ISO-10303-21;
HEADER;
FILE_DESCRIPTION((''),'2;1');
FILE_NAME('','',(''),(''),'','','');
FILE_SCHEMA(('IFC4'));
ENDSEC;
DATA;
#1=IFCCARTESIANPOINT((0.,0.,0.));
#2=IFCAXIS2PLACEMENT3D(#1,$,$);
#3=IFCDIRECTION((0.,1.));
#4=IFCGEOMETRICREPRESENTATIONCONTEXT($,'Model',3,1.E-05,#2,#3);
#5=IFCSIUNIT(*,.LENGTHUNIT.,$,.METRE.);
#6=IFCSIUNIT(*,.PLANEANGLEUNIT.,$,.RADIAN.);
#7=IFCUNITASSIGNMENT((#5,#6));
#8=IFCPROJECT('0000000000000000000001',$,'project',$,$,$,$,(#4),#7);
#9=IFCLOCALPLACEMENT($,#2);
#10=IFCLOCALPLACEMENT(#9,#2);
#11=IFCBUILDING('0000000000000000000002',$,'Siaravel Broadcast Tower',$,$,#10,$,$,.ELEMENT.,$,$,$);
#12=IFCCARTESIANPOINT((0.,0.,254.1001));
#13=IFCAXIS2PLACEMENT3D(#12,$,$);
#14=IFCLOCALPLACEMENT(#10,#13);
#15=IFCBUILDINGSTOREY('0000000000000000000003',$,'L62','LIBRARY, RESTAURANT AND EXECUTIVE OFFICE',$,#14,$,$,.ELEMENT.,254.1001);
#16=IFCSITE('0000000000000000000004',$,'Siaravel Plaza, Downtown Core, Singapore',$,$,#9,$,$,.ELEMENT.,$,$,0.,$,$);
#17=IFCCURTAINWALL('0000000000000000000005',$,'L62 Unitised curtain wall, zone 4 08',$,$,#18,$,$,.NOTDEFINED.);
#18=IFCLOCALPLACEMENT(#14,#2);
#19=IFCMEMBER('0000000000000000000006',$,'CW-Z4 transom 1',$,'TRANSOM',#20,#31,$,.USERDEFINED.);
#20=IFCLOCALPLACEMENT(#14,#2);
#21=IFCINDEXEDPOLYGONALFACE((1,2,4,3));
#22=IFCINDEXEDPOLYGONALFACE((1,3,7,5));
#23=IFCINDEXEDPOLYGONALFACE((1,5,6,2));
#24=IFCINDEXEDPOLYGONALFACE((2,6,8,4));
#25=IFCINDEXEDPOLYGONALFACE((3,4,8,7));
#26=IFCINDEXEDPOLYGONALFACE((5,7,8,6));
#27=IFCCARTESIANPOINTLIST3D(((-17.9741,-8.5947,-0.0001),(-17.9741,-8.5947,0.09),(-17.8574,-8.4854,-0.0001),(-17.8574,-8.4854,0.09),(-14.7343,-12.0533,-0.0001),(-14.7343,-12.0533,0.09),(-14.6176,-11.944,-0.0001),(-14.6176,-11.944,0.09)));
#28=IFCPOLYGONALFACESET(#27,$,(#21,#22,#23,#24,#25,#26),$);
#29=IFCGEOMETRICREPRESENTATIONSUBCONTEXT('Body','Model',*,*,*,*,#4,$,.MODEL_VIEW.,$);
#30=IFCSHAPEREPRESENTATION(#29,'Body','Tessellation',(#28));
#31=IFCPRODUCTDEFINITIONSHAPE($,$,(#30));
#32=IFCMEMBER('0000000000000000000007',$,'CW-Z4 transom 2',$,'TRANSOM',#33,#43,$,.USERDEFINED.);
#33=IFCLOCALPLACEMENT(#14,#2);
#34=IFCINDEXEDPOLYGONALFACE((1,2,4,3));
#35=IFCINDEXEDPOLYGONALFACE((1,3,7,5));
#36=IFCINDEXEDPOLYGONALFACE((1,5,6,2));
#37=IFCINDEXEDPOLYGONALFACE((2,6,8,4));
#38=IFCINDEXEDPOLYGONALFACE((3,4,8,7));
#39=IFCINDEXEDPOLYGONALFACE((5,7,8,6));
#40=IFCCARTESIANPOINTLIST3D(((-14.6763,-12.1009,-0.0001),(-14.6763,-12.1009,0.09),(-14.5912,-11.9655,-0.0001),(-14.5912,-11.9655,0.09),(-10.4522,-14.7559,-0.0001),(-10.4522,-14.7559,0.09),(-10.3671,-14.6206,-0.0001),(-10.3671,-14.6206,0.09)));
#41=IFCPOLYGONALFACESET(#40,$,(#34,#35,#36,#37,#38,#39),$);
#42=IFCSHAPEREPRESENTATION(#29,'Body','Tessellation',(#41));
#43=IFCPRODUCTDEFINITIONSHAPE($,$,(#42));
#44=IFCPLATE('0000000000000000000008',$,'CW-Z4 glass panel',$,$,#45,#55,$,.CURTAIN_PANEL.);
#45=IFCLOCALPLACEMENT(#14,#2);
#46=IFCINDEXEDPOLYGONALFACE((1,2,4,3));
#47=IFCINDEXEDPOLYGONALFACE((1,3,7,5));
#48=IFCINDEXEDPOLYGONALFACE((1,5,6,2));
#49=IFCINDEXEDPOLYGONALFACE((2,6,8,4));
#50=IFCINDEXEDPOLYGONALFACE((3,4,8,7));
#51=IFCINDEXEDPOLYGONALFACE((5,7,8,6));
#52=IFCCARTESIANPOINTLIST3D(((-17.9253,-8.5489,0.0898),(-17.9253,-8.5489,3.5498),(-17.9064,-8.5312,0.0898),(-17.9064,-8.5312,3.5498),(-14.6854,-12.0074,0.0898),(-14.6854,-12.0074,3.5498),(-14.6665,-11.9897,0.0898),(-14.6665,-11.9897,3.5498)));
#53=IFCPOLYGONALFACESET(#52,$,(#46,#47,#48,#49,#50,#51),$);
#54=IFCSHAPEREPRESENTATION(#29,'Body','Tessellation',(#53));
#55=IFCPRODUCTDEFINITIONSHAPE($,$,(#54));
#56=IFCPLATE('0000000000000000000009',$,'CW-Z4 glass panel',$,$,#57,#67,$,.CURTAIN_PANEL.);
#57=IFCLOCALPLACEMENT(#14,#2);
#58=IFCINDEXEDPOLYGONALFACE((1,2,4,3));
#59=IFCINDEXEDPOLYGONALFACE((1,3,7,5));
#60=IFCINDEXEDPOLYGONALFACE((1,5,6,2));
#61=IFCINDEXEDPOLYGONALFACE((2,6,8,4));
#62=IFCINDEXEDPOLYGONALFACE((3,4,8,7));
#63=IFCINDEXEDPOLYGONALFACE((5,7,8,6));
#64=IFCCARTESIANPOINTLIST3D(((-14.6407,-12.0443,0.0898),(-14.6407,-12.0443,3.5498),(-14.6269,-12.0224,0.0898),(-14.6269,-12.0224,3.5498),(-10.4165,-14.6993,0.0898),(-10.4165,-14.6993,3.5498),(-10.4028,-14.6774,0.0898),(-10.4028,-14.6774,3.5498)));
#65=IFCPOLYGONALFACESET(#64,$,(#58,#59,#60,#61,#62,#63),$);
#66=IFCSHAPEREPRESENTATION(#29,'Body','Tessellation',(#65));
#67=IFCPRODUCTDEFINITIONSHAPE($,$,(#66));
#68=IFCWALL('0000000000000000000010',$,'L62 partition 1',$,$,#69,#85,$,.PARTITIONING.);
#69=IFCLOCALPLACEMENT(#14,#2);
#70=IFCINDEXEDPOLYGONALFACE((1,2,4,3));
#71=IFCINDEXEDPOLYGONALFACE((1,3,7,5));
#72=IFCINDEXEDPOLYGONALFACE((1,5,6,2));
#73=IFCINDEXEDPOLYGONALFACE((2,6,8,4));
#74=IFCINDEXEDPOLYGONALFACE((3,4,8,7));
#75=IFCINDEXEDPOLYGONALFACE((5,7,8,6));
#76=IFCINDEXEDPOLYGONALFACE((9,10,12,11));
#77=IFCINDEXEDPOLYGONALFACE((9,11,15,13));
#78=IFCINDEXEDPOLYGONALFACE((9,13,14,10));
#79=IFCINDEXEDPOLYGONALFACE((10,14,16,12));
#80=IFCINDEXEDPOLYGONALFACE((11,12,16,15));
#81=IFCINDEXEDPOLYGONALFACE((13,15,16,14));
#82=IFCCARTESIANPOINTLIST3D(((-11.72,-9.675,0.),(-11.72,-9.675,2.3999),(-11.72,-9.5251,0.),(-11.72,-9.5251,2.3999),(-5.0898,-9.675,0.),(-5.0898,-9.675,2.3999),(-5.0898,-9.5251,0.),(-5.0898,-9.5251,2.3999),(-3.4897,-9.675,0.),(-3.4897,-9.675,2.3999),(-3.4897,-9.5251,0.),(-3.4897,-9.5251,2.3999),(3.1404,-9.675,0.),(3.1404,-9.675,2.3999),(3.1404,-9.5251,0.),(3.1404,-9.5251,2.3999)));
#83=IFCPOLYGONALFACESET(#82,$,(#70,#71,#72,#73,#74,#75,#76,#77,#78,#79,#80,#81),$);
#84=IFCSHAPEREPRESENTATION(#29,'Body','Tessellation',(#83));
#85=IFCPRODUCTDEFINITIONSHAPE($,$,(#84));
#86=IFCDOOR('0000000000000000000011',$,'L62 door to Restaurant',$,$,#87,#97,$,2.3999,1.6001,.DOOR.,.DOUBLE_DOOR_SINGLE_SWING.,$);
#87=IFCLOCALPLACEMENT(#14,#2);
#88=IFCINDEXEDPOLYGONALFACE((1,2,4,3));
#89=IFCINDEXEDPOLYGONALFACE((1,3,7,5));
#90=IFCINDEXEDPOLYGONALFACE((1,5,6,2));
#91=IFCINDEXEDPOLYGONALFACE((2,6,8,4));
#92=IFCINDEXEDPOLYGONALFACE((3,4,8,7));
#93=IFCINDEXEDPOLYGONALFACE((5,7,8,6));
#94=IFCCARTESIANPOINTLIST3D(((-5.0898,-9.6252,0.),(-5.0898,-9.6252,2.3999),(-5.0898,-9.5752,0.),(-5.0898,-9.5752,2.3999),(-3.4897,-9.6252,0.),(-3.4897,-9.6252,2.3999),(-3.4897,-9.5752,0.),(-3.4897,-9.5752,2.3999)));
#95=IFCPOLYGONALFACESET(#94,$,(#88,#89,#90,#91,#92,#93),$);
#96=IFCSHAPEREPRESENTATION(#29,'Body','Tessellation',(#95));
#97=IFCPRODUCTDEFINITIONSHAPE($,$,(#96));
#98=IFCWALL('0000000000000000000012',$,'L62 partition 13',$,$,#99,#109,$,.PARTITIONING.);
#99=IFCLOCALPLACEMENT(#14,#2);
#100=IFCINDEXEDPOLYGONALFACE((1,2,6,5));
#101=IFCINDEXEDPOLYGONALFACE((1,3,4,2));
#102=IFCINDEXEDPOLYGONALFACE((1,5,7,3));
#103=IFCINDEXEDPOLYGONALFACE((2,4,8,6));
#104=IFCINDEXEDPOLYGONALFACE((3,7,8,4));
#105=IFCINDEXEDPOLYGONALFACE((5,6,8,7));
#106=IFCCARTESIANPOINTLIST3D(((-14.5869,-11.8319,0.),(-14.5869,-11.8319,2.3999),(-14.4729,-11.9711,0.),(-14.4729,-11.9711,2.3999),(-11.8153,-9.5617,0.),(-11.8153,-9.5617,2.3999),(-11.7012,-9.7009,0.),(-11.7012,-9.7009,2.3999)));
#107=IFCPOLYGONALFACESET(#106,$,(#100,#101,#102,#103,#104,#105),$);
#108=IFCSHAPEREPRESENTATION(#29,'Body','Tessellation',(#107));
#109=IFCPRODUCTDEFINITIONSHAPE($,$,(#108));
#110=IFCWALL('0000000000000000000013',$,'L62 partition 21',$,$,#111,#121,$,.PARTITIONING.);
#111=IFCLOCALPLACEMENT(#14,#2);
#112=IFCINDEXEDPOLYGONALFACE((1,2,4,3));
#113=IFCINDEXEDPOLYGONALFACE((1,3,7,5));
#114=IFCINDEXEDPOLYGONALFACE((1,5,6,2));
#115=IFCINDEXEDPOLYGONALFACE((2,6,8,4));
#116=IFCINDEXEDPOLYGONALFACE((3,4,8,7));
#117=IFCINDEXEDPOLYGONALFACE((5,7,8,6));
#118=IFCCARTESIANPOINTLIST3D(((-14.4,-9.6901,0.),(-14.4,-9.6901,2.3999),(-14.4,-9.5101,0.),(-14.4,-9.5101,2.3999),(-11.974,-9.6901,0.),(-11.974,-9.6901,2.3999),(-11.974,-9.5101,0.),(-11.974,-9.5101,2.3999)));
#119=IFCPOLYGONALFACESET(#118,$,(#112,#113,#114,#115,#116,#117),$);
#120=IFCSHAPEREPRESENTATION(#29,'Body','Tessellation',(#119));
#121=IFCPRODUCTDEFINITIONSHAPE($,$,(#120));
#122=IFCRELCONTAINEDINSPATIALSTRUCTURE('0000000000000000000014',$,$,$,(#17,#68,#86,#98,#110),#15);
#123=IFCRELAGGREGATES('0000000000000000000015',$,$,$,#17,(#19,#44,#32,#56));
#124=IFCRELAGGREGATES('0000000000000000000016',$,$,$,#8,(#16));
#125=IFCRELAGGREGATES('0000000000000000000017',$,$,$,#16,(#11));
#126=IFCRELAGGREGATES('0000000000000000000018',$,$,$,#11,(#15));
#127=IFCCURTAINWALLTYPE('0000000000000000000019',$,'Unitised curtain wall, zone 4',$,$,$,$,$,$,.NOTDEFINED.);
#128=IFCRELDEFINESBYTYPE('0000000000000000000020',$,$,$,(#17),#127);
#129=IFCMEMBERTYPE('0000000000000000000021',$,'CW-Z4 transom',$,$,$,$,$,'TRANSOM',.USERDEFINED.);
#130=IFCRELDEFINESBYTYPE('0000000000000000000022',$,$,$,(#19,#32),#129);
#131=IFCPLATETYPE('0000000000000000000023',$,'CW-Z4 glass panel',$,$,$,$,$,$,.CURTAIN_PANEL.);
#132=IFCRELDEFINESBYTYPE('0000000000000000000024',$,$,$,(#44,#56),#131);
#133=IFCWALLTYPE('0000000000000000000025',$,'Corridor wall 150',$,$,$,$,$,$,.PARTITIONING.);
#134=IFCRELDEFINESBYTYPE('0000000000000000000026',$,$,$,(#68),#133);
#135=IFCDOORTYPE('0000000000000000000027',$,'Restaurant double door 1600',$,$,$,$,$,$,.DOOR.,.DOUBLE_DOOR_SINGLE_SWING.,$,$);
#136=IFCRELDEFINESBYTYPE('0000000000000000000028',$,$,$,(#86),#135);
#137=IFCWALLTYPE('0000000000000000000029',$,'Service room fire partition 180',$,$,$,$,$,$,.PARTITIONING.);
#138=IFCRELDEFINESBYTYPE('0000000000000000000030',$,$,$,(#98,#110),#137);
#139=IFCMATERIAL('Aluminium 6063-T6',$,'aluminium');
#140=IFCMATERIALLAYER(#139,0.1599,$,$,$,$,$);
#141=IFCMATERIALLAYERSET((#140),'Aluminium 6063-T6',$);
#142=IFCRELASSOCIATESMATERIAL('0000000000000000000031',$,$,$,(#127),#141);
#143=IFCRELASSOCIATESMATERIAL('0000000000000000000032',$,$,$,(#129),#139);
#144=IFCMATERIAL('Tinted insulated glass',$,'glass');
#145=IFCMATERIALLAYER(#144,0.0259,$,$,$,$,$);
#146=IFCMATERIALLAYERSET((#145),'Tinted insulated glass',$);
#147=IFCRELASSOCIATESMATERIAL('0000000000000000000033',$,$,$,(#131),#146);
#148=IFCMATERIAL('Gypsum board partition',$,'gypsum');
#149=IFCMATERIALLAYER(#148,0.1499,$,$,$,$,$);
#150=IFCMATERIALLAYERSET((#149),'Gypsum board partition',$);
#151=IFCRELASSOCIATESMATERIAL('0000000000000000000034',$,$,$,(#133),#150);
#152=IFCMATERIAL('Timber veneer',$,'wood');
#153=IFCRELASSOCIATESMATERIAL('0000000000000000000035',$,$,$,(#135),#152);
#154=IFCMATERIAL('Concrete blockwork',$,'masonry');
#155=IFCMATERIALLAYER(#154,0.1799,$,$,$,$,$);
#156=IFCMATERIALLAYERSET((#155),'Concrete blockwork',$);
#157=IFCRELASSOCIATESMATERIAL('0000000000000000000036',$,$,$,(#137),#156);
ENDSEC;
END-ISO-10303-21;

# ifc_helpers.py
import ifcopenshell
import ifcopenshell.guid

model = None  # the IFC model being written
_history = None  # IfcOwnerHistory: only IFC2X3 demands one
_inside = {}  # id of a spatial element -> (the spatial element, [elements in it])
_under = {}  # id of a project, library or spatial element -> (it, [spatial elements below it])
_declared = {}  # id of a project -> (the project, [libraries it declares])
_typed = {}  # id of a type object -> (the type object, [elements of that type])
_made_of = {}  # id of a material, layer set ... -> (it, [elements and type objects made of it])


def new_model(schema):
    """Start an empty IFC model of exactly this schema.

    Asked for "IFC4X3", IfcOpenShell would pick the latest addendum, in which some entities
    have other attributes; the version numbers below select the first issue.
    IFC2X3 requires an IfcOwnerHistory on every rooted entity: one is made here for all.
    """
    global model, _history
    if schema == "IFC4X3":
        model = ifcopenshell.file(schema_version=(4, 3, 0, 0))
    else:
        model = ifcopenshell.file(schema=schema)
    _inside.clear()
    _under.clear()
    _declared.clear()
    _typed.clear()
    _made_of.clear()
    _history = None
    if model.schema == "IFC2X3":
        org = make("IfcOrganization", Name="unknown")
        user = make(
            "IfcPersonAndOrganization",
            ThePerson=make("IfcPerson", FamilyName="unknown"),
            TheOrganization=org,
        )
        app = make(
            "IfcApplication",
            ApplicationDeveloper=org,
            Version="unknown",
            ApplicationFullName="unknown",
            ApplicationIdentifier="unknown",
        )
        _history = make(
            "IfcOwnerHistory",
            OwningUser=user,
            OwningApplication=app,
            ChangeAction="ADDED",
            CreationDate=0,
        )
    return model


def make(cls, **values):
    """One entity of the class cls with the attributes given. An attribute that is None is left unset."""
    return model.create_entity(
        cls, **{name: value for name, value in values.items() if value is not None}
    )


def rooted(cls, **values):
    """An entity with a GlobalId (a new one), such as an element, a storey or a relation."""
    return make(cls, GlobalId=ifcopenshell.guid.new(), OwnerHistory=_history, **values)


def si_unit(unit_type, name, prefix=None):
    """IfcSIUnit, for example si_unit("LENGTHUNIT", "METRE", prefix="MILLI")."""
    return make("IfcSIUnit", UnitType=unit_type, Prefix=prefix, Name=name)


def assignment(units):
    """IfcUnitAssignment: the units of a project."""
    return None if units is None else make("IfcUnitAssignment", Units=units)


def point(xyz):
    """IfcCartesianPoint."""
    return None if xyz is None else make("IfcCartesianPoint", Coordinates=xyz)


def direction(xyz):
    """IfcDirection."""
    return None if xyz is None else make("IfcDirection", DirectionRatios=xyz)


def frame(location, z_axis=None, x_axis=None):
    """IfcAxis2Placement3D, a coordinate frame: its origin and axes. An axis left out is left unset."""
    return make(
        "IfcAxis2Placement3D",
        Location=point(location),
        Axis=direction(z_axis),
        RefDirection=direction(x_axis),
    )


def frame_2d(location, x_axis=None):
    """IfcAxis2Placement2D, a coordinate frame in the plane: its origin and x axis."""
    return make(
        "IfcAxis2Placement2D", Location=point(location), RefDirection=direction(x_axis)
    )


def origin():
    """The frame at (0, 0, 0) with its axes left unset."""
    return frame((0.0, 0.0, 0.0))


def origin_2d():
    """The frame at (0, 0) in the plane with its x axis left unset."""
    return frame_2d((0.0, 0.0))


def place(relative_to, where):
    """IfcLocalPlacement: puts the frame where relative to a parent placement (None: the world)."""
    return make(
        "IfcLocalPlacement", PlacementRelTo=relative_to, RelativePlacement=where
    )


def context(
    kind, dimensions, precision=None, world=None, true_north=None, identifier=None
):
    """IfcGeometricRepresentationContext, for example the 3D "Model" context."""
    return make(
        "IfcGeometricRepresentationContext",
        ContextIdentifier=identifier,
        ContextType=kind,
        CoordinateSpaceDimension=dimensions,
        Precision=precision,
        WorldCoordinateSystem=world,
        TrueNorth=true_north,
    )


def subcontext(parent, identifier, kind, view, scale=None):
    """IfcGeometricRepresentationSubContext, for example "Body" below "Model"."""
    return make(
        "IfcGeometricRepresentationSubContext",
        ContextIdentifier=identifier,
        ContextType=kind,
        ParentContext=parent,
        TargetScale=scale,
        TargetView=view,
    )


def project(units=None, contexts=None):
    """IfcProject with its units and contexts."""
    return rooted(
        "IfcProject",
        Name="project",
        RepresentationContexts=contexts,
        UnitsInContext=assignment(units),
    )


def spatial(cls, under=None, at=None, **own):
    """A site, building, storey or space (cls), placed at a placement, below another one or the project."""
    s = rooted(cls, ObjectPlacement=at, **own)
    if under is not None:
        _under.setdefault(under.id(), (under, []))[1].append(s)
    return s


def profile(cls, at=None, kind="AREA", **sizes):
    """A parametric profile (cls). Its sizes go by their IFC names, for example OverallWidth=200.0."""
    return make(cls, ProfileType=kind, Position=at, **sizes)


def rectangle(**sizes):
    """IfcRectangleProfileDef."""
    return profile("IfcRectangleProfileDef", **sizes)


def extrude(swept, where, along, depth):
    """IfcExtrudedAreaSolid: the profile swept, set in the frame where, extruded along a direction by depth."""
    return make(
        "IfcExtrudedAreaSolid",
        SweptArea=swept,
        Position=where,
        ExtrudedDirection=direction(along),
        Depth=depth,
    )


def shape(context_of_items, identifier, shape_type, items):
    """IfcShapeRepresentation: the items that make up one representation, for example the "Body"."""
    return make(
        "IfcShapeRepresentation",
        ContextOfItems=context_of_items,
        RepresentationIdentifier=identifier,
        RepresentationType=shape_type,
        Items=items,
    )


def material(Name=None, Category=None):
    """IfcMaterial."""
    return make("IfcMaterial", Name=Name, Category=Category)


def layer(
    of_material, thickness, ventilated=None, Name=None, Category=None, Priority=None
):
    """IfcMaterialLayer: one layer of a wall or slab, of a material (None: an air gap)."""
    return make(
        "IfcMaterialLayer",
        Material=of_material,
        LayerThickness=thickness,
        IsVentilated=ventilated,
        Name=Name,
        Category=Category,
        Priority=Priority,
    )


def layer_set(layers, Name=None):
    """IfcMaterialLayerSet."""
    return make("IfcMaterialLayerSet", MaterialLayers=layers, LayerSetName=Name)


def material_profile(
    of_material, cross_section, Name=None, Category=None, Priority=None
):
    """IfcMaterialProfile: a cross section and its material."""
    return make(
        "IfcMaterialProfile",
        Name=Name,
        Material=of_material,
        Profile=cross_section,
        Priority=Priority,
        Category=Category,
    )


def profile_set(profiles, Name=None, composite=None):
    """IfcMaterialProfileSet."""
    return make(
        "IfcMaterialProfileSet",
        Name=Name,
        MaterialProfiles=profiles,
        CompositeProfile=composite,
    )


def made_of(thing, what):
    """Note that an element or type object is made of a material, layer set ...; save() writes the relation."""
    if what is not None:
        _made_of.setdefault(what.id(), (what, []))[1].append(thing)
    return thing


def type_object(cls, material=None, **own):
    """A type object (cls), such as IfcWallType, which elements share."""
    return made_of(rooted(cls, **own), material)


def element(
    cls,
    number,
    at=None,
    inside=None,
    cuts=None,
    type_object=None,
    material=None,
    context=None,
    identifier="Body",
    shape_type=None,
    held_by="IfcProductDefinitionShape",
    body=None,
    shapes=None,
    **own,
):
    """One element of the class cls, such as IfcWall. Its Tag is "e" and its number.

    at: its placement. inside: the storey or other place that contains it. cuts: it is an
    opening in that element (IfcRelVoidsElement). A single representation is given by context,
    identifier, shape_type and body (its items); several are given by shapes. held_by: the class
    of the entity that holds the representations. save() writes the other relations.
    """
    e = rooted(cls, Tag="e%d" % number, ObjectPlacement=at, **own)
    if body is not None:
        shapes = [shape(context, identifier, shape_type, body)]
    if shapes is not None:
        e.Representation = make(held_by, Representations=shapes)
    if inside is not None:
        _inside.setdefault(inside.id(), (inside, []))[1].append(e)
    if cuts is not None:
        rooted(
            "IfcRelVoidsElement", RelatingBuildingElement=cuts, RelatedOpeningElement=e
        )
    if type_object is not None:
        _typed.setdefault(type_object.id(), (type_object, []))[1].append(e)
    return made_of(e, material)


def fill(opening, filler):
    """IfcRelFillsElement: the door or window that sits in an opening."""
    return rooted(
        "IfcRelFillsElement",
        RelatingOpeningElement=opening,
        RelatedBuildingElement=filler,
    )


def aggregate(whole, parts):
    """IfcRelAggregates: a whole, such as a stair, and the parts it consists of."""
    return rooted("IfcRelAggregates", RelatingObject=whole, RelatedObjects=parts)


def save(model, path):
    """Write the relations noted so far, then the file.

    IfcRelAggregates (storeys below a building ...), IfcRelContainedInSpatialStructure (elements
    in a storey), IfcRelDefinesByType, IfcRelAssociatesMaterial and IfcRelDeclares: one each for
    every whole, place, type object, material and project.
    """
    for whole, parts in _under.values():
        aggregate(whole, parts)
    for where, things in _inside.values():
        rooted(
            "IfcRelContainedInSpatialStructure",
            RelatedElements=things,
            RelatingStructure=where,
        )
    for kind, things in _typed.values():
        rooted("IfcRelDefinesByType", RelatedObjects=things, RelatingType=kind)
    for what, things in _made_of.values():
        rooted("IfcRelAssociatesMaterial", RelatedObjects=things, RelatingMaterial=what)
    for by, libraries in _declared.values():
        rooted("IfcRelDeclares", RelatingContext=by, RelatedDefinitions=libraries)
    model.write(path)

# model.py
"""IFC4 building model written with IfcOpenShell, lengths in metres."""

from ifc_helpers import new_model, si_unit, direction, frame, frame_2d, origin, origin_2d, place, context, subcontext, project, spatial, rectangle, extrude, material, layer, layer_set, material_profile, profile_set, type_object, element, fill, aggregate, save


model = new_model("IFC4")

# Units and contexts
model_context = context("Model", 3, precision=1e-05, world=origin(), true_north=direction((0.0, 1.0)))
body_context = subcontext(model_context, "Body", "Model", "MODEL_VIEW")
ifc_project = project(units=[si_unit("LENGTHUNIT", "METRE"), si_unit("PLANEANGLEUNIT", "RADIAN")], contexts=[model_context])

# Site, building, storey
site_placement = place(None, origin())
site = spatial("IfcSite", under=ifc_project, at=site_placement, Name="Siaravel Plaza, Downtown Core, Singapore", CompositionType="ELEMENT", RefElevation=0.0)
building_placement = place(site_placement, origin())
building = spatial("IfcBuilding", under=site, at=building_placement, Name="Siaravel Broadcast Tower", CompositionType="ELEMENT")
storey_placement = place(building_placement, frame((0.0, 0.0, 254.1001)))
storey = spatial("IfcBuildingStorey", under=building, at=storey_placement, Name="L62", Description="LIBRARY, RESTAURANT AND EXECUTIVE OFFICE", CompositionType="ELEMENT", Elevation=254.1001)

# Shared definitions
ifc_material_1 = material(Name="Aluminium 6063-T6", Category="aluminium")
ifc_layer_1 = layer(ifc_material_1, 0.1599)
ifc_layer_set_1 = layer_set([ifc_layer_1], Name="Aluminium 6063-T6")
curtain_wall_type = type_object("IfcCurtainWallType", Name="Unitised curtain wall, zone 4", PredefinedType="NOTDEFINED", material=ifc_layer_set_1)

# Curtain wall, members, plates
curtain_wall_1_placement = place(storey_placement, origin())
curtain_wall_1 = element("IfcCurtainWall", 1, at=curtain_wall_1_placement, inside=storey, type_object=curtain_wall_type, Name="L62 Unitised curtain wall, zone 4 08", PredefinedType="NOTDEFINED")
ifc_material_profile_1 = material_profile(ifc_material_1, rectangle(XDim=0.1599, YDim=0.0901, at=origin_2d()))
ifc_profile_set_1 = profile_set([ifc_material_profile_1], Name="Aluminium 6063-T6")
member_type_1 = type_object("IfcMemberType", Name="CW-Z4 transom", ElementType="TRANSOM", PredefinedType="USERDEFINED", material=ifc_profile_set_1)
member_1_placement = place(storey_placement, frame((-17.9158, -8.54, 0.0449), z_axis=(0.68365, -0.72981, 0.0), x_axis=(0.72981, 0.68365, 0.0)))
member_1 = element("IfcMember", 2, at=member_1_placement, type_object=member_type_1, Name="CW-Z4 transom 1", ObjectType="TRANSOM", PredefinedType="USERDEFINED", context=body_context, shape_type="SweptSolid", body=[
    extrude(rectangle(XDim=0.1599, YDim=0.0901, at=origin_2d()), origin(), (0.0, 0.0, 1.0), 4.739),
])
member_2_placement = place(storey_placement, frame((-14.6338, -12.0332, 0.0449), z_axis=(0.846649, -0.532153, 0.0), x_axis=(0.532153, 0.846649, 0.0)))
member_2 = element("IfcMember", 3, at=member_2_placement, type_object=member_type_1, Name="CW-Z4 transom 2", ObjectType="TRANSOM", PredefinedType="USERDEFINED", context=body_context, shape_type="SweptSolid", body=[
    extrude(rectangle(XDim=0.1599, YDim=0.0901, at=origin_2d()), origin(), (0.0, 0.0, 1.0), 4.9893),
])
ifc_material_2 = material(Name="Tinted insulated glass", Category="glass")
ifc_layer_2 = layer(ifc_material_2, 0.0259)
ifc_layer_set_2 = layer_set([ifc_layer_2], Name="Tinted insulated glass")
plate_type = type_object("IfcPlateType", Name="CW-Z4 glass panel", PredefinedType="CURTAIN_PANEL", material=ifc_layer_set_2)
plate_1_placement = place(storey_placement, frame((-16.2959, -10.2693, 0.0898), z_axis=(0.0, 0.0, 1.0), x_axis=(0.683654, -0.729807, 0.0)))
plate_1 = element("IfcPlate", 4, at=plate_1_placement, type_object=plate_type, Name="CW-Z4 glass panel", PredefinedType="CURTAIN_PANEL", context=body_context, shape_type="SweptSolid", body=[
    extrude(rectangle(XDim=4.739, YDim=0.0259, at=origin_2d()), origin(), (0.0, 0.0, 1.0), 3.46),
])
plate_2_placement = place(storey_placement, frame((-12.5217, -13.3608, 0.0898), z_axis=(0.0, 0.0, 1.0), x_axis=(0.84665, -0.532151, 0.0)))
plate_2 = element("IfcPlate", 5, at=plate_2_placement, type_object=plate_type, Name="CW-Z4 glass panel", PredefinedType="CURTAIN_PANEL", context=body_context, shape_type="SweptSolid", body=[
    extrude(rectangle(XDim=4.9893, YDim=0.0259, at=origin_2d()), origin(), (0.0, 0.0, 1.0), 3.46),
])
aggregate(curtain_wall_1, [member_1, plate_1, member_2, plate_2])

# Wall, opening, door
ifc_material_3 = material(Name="Gypsum board partition", Category="gypsum")
ifc_layer_3 = layer(ifc_material_3, 0.1499)
ifc_layer_set_3 = layer_set([ifc_layer_3], Name="Gypsum board partition")
wall_type_1 = type_object("IfcWallType", Name="Corridor wall 150", PredefinedType="PARTITIONING", material=ifc_layer_set_3)
wall_1_placement = place(storey_placement, frame((-11.72, -9.6001, 0.0), z_axis=(0.0, 0.0, 1.0), x_axis=(1.0, 0.0, 0.0)))
wall_1 = element("IfcWall", 6, at=wall_1_placement, inside=storey, type_object=wall_type_1, Name="L62 partition 1", PredefinedType="PARTITIONING", context=body_context, shape_type="SweptSolid", body=[
    extrude(rectangle(XDim=14.8604, YDim=0.1499, at=frame_2d((7.4302, 0.0))), origin(), (0.0, 0.0, 1.0), 2.3999),
])
opening_placement = place(wall_1_placement, frame((6.6301, 0.0, 0.0)))
opening = element("IfcOpeningElement", 7, at=opening_placement, cuts=wall_1, PredefinedType="OPENING", context=body_context, shape_type="SweptSolid", body=[
    extrude(rectangle(XDim=1.6001, YDim=2.3999, at=frame_2d((0.8, 1.2))), frame((0.0, 0.085, 0.0), z_axis=(0.0, -1.0, 0.0), x_axis=(1.0, 0.0, 0.0)), (0.0, 0.0, 1.0), 0.1699),
])
ifc_material_4 = material(Name="Timber veneer", Category="wood")
door_type = type_object("IfcDoorType", Name="Restaurant double door 1600", OperationType="DOUBLE_DOOR_SINGLE_SWING", PredefinedType="DOOR", material=ifc_material_4)
door_placement = place(opening_placement, origin())
door = element("IfcDoor", 8, at=door_placement, inside=storey, type_object=door_type, Name="L62 door to Restaurant", OperationType="DOUBLE_DOOR_SINGLE_SWING", OverallHeight=2.3999, OverallWidth=1.6001, PredefinedType="DOOR", context=body_context, shape_type="SweptSolid", body=[
    extrude(rectangle(XDim=1.6001, YDim=2.3999, at=frame_2d((0.8, 1.2))), frame((0.0, 0.0249, 0.0), z_axis=(0.0, -1.0, 0.0), x_axis=(1.0, 0.0, 0.0)), (0.0, 0.0, 1.0), 0.05),
])
fill(opening, door)

# Walls
ifc_material_5 = material(Name="Concrete blockwork", Category="masonry")
ifc_layer_4 = layer(ifc_material_5, 0.1799)
ifc_layer_set_4 = layer_set([ifc_layer_4], Name="Concrete blockwork")
wall_type_2 = type_object("IfcWallType", Name="Service room fire partition 180", PredefinedType="PARTITIONING", material=ifc_layer_set_4)
wall_2_placement = place(storey_placement, frame((-14.53, -11.9016, 0.0), z_axis=(0.0, 0.0, 1.0), x_axis=(0.773617, 0.633653, 0.0)))
element("IfcWall", 9, at=wall_2_placement, inside=storey, type_object=wall_type_2, Name="L62 partition 13", PredefinedType="PARTITIONING", context=body_context, shape_type="SweptSolid", body=[
    extrude(rectangle(XDim=3.5828, YDim=0.1799, at=frame_2d((1.7915, 0.0))), origin(), (0.0, 0.0, 1.0), 2.3999),
])
wall_3_placement = place(storey_placement, frame((-14.3999, -9.6001, 0.0), z_axis=(0.0, 0.0, 1.0), x_axis=(1.0, 0.0, 0.0)))
element("IfcWall", 10, at=wall_3_placement, inside=storey, type_object=wall_type_2, Name="L62 partition 21", PredefinedType="PARTITIONING", context=body_context, shape_type="SweptSolid", body=[
    extrude(rectangle(XDim=2.426, YDim=0.1799, at=frame_2d((1.2129, 0.0))), origin(), (0.0, 0.0, 1.0), 2.3999),
])

save(model, "model.ifc")
